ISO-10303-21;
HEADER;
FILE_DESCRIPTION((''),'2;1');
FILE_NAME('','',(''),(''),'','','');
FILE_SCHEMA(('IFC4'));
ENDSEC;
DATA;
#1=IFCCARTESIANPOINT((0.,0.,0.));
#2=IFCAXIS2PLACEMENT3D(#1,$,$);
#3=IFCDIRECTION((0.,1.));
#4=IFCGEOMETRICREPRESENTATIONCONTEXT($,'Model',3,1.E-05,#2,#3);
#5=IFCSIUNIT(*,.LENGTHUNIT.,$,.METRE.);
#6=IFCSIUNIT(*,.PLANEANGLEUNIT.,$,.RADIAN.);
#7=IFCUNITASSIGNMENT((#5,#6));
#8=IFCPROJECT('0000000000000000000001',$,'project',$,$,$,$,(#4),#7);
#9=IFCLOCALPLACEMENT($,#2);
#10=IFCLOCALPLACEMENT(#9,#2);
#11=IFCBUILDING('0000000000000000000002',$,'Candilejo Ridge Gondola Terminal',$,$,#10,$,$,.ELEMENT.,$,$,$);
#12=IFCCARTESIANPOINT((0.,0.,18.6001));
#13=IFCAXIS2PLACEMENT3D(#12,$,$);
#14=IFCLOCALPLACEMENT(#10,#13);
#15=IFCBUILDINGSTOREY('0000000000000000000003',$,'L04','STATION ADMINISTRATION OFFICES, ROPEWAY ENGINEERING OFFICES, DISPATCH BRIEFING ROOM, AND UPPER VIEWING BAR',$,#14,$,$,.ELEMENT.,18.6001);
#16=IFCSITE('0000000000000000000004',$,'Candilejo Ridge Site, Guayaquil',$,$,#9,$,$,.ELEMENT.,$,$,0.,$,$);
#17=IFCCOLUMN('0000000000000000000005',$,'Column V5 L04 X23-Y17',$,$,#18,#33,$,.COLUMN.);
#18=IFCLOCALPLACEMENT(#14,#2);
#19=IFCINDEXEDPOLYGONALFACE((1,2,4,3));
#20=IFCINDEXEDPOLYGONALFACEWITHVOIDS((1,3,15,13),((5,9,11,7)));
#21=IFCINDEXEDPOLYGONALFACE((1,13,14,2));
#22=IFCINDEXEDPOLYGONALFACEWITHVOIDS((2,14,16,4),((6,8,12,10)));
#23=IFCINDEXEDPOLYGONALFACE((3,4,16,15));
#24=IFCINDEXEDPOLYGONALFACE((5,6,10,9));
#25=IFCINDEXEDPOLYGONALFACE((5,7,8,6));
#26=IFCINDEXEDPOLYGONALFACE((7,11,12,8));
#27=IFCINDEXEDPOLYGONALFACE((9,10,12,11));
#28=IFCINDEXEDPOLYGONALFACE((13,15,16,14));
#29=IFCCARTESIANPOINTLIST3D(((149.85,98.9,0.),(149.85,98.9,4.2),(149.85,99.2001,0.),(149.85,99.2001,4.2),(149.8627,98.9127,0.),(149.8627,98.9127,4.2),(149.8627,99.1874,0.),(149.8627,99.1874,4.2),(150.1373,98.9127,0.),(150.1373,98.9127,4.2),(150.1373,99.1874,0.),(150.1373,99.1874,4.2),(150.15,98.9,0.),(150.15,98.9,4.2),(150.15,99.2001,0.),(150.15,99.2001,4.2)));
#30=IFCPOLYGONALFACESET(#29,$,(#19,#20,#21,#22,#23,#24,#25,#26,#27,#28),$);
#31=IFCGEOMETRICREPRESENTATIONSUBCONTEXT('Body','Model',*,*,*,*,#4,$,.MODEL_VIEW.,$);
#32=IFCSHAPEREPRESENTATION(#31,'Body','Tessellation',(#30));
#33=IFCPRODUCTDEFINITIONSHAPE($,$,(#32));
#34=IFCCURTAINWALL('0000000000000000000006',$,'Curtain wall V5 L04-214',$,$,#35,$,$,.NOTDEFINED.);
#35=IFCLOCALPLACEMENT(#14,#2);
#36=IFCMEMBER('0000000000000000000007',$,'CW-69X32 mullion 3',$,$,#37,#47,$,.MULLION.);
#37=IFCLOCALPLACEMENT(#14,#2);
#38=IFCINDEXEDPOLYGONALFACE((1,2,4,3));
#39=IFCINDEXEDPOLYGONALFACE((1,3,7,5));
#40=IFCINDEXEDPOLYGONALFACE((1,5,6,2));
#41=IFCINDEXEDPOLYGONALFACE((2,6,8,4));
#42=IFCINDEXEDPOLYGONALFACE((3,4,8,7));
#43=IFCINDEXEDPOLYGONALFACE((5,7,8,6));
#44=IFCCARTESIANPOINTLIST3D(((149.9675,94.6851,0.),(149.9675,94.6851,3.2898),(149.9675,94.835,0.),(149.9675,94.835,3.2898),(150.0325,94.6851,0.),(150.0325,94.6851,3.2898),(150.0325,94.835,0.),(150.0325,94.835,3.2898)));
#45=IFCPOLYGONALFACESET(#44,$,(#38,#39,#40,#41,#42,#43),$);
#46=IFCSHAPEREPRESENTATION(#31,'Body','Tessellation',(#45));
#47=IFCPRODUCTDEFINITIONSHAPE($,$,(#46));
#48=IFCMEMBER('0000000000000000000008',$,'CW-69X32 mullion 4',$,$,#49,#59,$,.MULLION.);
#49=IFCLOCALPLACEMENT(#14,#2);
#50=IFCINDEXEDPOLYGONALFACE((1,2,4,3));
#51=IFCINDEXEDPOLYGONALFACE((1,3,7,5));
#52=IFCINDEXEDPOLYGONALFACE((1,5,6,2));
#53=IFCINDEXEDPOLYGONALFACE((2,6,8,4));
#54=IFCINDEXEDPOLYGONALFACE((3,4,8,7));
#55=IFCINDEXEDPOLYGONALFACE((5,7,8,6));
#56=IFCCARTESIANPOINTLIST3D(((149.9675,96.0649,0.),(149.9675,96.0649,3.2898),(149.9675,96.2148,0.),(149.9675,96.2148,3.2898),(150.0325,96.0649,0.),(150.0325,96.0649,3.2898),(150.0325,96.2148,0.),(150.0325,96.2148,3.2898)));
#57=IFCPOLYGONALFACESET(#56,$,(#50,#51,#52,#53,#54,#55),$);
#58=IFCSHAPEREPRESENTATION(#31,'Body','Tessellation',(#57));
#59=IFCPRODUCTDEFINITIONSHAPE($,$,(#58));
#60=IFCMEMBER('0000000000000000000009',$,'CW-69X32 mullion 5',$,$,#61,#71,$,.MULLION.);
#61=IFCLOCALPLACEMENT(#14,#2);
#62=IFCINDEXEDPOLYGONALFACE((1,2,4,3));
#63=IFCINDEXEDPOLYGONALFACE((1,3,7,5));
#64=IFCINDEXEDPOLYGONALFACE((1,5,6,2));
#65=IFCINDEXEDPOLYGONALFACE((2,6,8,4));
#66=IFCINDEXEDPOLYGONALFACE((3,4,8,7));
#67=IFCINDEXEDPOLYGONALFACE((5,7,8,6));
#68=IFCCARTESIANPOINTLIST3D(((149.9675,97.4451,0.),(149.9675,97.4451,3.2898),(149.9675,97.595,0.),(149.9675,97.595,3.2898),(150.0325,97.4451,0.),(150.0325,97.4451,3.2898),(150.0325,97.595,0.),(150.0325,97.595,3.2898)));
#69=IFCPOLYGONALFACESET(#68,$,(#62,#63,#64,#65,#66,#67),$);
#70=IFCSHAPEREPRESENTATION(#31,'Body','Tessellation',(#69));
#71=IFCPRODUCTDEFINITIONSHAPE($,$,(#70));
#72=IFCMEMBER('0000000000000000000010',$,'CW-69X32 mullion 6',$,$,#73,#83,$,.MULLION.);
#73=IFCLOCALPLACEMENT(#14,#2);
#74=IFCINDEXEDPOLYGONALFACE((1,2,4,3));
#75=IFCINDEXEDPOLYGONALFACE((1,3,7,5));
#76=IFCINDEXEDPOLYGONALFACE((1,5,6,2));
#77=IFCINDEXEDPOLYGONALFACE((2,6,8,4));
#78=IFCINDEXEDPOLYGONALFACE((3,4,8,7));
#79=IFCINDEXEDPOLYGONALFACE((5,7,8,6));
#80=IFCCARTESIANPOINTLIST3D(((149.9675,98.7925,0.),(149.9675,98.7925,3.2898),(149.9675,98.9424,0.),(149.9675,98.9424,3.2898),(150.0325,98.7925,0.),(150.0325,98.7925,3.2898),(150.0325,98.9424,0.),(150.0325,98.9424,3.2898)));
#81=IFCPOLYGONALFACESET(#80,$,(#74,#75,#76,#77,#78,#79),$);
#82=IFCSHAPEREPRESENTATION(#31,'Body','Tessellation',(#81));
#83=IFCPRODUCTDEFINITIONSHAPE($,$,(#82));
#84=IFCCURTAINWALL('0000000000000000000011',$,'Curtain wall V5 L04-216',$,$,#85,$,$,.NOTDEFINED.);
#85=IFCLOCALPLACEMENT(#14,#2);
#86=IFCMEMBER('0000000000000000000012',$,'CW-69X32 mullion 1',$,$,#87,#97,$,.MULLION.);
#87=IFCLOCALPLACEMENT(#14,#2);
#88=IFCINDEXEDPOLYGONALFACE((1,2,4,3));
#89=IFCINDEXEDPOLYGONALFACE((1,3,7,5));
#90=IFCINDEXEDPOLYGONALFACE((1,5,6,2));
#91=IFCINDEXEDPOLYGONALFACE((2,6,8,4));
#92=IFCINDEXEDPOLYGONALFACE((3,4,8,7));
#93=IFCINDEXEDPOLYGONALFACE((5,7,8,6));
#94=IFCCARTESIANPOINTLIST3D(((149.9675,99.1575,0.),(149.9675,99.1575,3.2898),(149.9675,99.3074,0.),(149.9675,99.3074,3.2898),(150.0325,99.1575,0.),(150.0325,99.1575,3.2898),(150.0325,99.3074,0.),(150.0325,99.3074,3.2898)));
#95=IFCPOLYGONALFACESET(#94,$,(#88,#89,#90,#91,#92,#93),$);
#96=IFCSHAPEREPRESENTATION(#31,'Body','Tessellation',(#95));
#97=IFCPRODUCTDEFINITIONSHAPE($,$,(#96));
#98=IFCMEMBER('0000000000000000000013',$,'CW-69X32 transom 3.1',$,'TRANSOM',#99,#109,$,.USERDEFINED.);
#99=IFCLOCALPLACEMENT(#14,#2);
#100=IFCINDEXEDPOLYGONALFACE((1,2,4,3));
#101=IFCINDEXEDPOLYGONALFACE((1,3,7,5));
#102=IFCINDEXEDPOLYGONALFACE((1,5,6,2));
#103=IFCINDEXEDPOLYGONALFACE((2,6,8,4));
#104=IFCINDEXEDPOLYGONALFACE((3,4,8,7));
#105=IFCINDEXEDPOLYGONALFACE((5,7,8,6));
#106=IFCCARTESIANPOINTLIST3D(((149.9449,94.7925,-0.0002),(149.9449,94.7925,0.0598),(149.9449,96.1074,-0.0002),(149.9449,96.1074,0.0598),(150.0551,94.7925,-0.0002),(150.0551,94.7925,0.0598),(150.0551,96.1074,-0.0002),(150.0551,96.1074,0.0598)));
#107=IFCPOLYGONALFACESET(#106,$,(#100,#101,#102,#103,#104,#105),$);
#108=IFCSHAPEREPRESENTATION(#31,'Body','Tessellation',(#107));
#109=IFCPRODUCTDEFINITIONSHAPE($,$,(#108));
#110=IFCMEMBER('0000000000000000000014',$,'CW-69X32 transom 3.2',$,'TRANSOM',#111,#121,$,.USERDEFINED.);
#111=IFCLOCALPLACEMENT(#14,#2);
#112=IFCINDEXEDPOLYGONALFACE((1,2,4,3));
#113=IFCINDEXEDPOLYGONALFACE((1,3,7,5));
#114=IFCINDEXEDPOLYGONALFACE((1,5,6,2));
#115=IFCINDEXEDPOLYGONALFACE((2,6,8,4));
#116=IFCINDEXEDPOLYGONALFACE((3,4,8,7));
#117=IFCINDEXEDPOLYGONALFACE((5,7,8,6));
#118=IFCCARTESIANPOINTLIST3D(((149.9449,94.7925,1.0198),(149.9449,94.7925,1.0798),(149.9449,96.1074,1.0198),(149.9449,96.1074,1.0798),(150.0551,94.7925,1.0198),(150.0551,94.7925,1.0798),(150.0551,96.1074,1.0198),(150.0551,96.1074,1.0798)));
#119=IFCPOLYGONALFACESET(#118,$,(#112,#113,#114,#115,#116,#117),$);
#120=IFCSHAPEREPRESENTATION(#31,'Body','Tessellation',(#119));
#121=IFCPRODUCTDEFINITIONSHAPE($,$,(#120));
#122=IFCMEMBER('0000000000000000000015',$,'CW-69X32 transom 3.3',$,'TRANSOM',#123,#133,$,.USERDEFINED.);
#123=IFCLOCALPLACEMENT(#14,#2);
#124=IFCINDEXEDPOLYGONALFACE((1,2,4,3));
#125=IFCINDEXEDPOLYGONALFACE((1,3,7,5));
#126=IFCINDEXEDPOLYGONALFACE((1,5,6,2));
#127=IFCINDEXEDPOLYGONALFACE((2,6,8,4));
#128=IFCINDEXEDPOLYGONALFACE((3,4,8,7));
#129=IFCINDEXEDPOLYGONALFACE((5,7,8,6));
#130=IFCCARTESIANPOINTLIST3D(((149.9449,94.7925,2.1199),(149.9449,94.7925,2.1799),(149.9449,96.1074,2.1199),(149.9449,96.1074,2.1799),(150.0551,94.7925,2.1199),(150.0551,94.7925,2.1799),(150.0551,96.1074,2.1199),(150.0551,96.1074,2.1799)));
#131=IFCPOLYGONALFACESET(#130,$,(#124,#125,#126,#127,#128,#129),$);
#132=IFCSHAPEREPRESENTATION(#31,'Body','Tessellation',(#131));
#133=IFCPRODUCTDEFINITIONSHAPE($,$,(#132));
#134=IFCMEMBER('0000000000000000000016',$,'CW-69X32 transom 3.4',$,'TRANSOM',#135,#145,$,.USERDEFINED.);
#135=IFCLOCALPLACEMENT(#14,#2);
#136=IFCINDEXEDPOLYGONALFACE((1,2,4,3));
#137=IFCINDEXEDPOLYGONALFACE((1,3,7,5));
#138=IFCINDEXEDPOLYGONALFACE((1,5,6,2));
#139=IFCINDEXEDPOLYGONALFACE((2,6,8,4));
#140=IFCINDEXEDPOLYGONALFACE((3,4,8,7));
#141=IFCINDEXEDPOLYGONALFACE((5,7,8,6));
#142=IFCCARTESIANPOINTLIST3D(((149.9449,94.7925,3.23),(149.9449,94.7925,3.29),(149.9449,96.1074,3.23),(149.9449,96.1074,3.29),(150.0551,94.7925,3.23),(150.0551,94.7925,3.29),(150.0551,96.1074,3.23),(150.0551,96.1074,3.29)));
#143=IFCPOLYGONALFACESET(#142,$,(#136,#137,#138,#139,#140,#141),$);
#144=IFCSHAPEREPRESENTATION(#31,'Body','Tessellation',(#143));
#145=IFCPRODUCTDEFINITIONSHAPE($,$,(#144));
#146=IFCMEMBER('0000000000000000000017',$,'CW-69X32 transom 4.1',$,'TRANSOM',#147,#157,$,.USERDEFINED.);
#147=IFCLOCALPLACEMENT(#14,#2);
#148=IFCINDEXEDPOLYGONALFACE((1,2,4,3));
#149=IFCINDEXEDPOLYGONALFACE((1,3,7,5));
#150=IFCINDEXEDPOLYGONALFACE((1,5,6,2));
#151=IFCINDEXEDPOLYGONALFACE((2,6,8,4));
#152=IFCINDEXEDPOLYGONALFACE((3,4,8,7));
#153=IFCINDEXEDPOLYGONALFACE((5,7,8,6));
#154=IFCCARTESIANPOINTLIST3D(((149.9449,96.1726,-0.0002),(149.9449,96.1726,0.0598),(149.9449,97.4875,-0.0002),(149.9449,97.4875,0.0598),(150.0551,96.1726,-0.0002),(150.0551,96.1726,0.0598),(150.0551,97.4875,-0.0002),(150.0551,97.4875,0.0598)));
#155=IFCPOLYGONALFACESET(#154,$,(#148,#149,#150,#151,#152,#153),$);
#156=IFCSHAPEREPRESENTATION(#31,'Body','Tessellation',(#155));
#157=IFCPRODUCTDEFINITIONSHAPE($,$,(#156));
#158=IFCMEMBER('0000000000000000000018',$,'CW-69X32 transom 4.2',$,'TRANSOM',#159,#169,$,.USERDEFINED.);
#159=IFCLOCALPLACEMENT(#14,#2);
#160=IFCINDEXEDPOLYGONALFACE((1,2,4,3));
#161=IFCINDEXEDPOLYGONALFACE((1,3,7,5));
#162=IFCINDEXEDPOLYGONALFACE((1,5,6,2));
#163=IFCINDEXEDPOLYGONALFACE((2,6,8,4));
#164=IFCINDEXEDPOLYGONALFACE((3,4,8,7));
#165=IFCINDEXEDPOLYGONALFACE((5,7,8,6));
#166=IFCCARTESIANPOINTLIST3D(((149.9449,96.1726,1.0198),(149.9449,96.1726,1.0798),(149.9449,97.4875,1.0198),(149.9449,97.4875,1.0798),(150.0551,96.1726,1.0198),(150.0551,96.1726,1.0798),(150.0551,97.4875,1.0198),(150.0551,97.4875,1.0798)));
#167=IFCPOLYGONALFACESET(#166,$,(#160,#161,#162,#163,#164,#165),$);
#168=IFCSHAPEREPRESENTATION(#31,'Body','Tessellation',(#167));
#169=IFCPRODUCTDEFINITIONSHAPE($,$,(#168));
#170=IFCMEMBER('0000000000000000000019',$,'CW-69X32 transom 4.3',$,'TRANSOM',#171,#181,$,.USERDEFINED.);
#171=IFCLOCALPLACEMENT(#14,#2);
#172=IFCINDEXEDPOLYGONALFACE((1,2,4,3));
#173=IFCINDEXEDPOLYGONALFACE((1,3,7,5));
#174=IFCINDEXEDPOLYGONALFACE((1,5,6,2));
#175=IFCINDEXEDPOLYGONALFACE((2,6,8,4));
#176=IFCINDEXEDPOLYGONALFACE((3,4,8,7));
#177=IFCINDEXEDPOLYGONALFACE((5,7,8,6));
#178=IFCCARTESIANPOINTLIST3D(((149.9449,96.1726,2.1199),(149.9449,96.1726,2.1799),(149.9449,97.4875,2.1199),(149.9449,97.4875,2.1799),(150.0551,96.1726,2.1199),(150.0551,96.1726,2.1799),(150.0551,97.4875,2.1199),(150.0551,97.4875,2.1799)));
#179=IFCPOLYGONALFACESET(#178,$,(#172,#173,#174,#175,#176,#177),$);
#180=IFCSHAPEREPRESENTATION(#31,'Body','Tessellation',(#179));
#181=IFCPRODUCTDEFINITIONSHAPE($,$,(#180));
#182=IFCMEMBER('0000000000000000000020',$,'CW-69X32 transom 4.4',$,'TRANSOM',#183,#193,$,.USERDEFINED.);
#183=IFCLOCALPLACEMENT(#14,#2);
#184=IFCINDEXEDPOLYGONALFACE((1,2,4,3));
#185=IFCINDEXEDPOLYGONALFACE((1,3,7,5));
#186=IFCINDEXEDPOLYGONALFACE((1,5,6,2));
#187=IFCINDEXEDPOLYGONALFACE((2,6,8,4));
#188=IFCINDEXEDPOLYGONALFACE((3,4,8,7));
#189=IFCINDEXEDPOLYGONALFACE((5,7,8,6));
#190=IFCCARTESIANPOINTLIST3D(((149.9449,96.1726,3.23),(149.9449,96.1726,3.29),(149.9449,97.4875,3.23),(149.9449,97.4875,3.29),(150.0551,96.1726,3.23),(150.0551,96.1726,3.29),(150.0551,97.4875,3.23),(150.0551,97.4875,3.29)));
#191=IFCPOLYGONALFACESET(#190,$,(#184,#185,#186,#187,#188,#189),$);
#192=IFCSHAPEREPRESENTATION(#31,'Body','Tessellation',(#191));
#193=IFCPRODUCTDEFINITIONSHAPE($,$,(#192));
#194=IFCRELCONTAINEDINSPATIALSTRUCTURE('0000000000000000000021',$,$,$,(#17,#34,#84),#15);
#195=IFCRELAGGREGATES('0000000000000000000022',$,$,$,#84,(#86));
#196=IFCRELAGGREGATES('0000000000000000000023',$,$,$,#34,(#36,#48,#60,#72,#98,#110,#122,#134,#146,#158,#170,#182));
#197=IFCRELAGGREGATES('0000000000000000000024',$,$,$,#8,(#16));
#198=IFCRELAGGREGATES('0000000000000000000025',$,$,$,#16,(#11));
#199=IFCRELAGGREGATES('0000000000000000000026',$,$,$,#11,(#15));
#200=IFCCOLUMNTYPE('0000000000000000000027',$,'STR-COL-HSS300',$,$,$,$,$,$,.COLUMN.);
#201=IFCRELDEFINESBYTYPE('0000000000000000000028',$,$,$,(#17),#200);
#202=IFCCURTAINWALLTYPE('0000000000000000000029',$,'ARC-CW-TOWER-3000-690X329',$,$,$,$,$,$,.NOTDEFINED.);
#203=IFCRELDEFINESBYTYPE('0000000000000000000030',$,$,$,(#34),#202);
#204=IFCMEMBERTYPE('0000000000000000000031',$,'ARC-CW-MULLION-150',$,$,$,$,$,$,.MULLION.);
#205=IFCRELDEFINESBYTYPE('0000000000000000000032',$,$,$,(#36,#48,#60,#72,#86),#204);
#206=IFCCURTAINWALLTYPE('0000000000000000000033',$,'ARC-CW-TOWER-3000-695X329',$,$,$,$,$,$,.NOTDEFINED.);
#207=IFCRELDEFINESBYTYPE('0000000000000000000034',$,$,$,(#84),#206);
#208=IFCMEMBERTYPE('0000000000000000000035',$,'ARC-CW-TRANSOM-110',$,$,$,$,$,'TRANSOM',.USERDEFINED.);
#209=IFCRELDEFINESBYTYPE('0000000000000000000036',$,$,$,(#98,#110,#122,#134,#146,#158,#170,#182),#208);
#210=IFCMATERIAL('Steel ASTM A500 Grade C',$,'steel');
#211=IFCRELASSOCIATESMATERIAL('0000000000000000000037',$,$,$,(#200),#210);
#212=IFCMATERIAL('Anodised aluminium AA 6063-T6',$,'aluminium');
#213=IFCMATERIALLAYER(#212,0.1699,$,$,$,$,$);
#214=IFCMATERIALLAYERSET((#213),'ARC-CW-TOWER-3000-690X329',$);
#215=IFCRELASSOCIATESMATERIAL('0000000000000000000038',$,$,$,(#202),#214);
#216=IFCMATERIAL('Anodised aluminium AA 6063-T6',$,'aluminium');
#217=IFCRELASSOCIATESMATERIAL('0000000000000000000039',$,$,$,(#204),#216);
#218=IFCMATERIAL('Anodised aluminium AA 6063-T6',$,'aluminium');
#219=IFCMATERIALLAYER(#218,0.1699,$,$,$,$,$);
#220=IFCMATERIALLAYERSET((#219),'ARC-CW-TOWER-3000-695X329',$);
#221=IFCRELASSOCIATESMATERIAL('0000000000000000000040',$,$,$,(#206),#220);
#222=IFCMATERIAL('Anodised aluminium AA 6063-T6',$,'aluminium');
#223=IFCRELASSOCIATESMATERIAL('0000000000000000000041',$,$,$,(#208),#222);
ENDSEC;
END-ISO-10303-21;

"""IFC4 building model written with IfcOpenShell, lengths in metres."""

from ifc_helpers import new_model, si_unit, direction, frame, origin, origin_2d, place, context, subcontext, project, spatial, rectangle, hollow_rectangle, extrude, material, layer, layer_set, material_profile, profile_set, type_object, element, aggregate, save


model = new_model("IFC4")

# Units and contexts
model_context = context("Model", 3, precision=1e-05, world=origin(), true_north=direction((0.0, 1.0)))
body_context = subcontext(model_context, "Body", "Model", "MODEL_VIEW")
ifc_project = project(units=[si_unit("LENGTHUNIT", "METRE"), si_unit("PLANEANGLEUNIT", "RADIAN")], contexts=[model_context])

# Site, building, storey
site_placement = place(None, origin())
site = spatial("IfcSite", under=ifc_project, at=site_placement, Name="Candilejo Ridge Site, Guayaquil", CompositionType="ELEMENT", RefElevation=0.0)
building_placement = place(site_placement, origin())
building = spatial("IfcBuilding", under=site, at=building_placement, Name="Candilejo Ridge Gondola Terminal", CompositionType="ELEMENT")
storey_placement = place(building_placement, frame((0.0, 0.0, 18.6001)))
storey = spatial("IfcBuildingStorey", under=building, at=storey_placement, Name="L04", Description="STATION ADMINISTRATION OFFICES, ROPEWAY ENGINEERING OFFICES, DISPATCH BRIEFING ROOM, AND UPPER VIEWING BAR", CompositionType="ELEMENT", Elevation=18.6001)

# Column
ifc_material_1 = material(Name="Steel ASTM A500 Grade C", Category="steel")
ifc_material_profile_1 = material_profile(ifc_material_1, hollow_rectangle(XDim=0.3, YDim=0.3, WallThickness=0.0127, at=origin_2d()))
ifc_profile_set_1 = profile_set([ifc_material_profile_1], Name="Steel ASTM A500 Grade C")
column_type = type_object("IfcColumnType", Name="STR-COL-HSS300", PredefinedType="COLUMN", material=ifc_profile_set_1)
column_placement = place(storey_placement, frame((150.0, 99.05, 0.0), z_axis=(0.0, 0.0, 1.0), x_axis=(1.0, 0.0, 0.0)))
element("IfcColumn", 1, at=column_placement, inside=storey, type_object=column_type, Name="Column V5 L04 X23-Y17", PredefinedType="COLUMN", context=body_context, shape_type="SweptSolid", body=[
    extrude(hollow_rectangle(XDim=0.3, YDim=0.3, WallThickness=0.0127, at=origin_2d()), origin(), (0.0, 0.0, 1.0), 4.2),
])

# Curtain wall, members
ifc_material_2 = material(Name="Anodised aluminium AA 6063-T6", Category="aluminium")
ifc_layer_1 = layer(ifc_material_2, 0.1699)
ifc_layer_set_1 = layer_set([ifc_layer_1], Name="ARC-CW-TOWER-3000-690X329")
curtain_wall_type_1 = type_object("IfcCurtainWallType", Name="ARC-CW-TOWER-3000-690X329", PredefinedType="NOTDEFINED", material=ifc_layer_set_1)
curtain_wall_1_placement = place(storey_placement, origin())
curtain_wall_1 = element("IfcCurtainWall", 2, at=curtain_wall_1_placement, inside=storey, type_object=curtain_wall_type_1, Name="Curtain wall V5 L04-214", PredefinedType="NOTDEFINED")
ifc_material_3 = material(Name="Anodised aluminium AA 6063-T6", Category="aluminium")
ifc_material_profile_2 = material_profile(ifc_material_3, rectangle(XDim=0.0649, YDim=0.1499, at=origin_2d()))
ifc_profile_set_2 = profile_set([ifc_material_profile_2], Name="Anodised aluminium AA 6063-T6")
member_type_1 = type_object("IfcMemberType", Name="ARC-CW-MULLION-150", PredefinedType="MULLION", material=ifc_profile_set_2)
member_1_placement = place(storey_placement, frame((150.0, 94.76, 0.0), z_axis=(0.0, 0.0, 1.0), x_axis=(-1.0, 0.0, 0.0)))
member_1 = element("IfcMember", 3, at=member_1_placement, type_object=member_type_1, Name="CW-69X32 mullion 3", PredefinedType="MULLION", context=body_context, shape_type="SweptSolid", body=[
    extrude(rectangle(XDim=0.0649, YDim=0.1499, at=origin_2d()), origin(), (0.0, 0.0, 1.0), 3.2898),
])
member_2_placement = place(storey_placement, frame((150.0, 96.1399, 0.0), z_axis=(0.0, 0.0, 1.0), x_axis=(-1.0, 0.0, 0.0)))
member_2 = element("IfcMember", 4, at=member_2_placement, type_object=member_type_1, Name="CW-69X32 mullion 4", PredefinedType="MULLION", context=body_context, shape_type="SweptSolid", body=[
    extrude(rectangle(XDim=0.0649, YDim=0.1499, at=origin_2d()), origin(), (0.0, 0.0, 1.0), 3.2898),
])
member_3_placement = place(storey_placement, frame((150.0, 97.52, 0.0), z_axis=(0.0, 0.0, 1.0), x_axis=(-1.0, 0.0, 0.0)))
member_3 = element("IfcMember", 5, at=member_3_placement, type_object=member_type_1, Name="CW-69X32 mullion 5", PredefinedType="MULLION", context=body_context, shape_type="SweptSolid", body=[
    extrude(rectangle(XDim=0.0649, YDim=0.1499, at=origin_2d()), origin(), (0.0, 0.0, 1.0), 3.2898),
])
member_4_placement = place(storey_placement, frame((150.0, 98.8674, 0.0), z_axis=(0.0, 0.0, 1.0), x_axis=(-1.0, 0.0, 0.0)))
member_4 = element("IfcMember", 6, at=member_4_placement, type_object=member_type_1, Name="CW-69X32 mullion 6", PredefinedType="MULLION", context=body_context, shape_type="SweptSolid", body=[
    extrude(rectangle(XDim=0.0649, YDim=0.1499, at=origin_2d()), origin(), (0.0, 0.0, 1.0), 3.2898),
])

# Curtain wall, member
ifc_material_4 = material(Name="Anodised aluminium AA 6063-T6", Category="aluminium")
ifc_layer_2 = layer(ifc_material_4, 0.1699)
ifc_layer_set_2 = layer_set([ifc_layer_2], Name="ARC-CW-TOWER-3000-695X329")
curtain_wall_type_2 = type_object("IfcCurtainWallType", Name="ARC-CW-TOWER-3000-695X329", PredefinedType="NOTDEFINED", material=ifc_layer_set_2)
curtain_wall_2_placement = place(storey_placement, origin())
curtain_wall_2 = element("IfcCurtainWall", 7, at=curtain_wall_2_placement, inside=storey, type_object=curtain_wall_type_2, Name="Curtain wall V5 L04-216", PredefinedType="NOTDEFINED")
member_5_placement = place(storey_placement, frame((150.0, 99.2324, 0.0), z_axis=(0.0, 0.0, 1.0), x_axis=(-1.0, 0.0, 0.0)))
member_5 = element("IfcMember", 8, at=member_5_placement, type_object=member_type_1, Name="CW-69X32 mullion 1", PredefinedType="MULLION", context=body_context, shape_type="SweptSolid", body=[
    extrude(rectangle(XDim=0.0649, YDim=0.1499, at=origin_2d()), origin(), (0.0, 0.0, 1.0), 3.2898),
])

# Members
ifc_material_5 = material(Name="Anodised aluminium AA 6063-T6", Category="aluminium")
ifc_material_profile_3 = material_profile(ifc_material_5, rectangle(XDim=0.1101, YDim=0.0601, at=origin_2d()))
ifc_profile_set_3 = profile_set([ifc_material_profile_3], Name="Anodised aluminium AA 6063-T6")
member_type_2 = type_object("IfcMemberType", Name="ARC-CW-TRANSOM-110", ElementType="TRANSOM", PredefinedType="USERDEFINED", material=ifc_profile_set_3)
member_6_placement = place(storey_placement, frame((150.0, 94.7925, 0.0298), z_axis=(0.0, 1.0, 0.0), x_axis=(-1.0, 0.0, 0.0)))
member_6 = element("IfcMember", 9, at=member_6_placement, type_object=member_type_2, Name="CW-69X32 transom 3.1", ObjectType="TRANSOM", PredefinedType="USERDEFINED", context=body_context, shape_type="SweptSolid", body=[
    extrude(rectangle(XDim=0.1101, YDim=0.0601, at=origin_2d()), origin(), (0.0, 0.0, 1.0), 1.3149),
])
member_7_placement = place(storey_placement, frame((150.0, 94.7925, 1.0498), z_axis=(0.0, 1.0, 0.0), x_axis=(-1.0, 0.0, 0.0)))
member_7 = element("IfcMember", 10, at=member_7_placement, type_object=member_type_2, Name="CW-69X32 transom 3.2", ObjectType="TRANSOM", PredefinedType="USERDEFINED", context=body_context, shape_type="SweptSolid", body=[
    extrude(rectangle(XDim=0.1101, YDim=0.0601, at=origin_2d()), origin(), (0.0, 0.0, 1.0), 1.3149),
])
member_8_placement = place(storey_placement, frame((150.0, 94.7925, 2.1499), z_axis=(0.0, 1.0, 0.0), x_axis=(-1.0, 0.0, 0.0)))
member_8 = element("IfcMember", 11, at=member_8_placement, type_object=member_type_2, Name="CW-69X32 transom 3.3", ObjectType="TRANSOM", PredefinedType="USERDEFINED", context=body_context, shape_type="SweptSolid", body=[
    extrude(rectangle(XDim=0.1101, YDim=0.0601, at=origin_2d()), origin(), (0.0, 0.0, 1.0), 1.3149),
])
member_9_placement = place(storey_placement, frame((150.0, 94.7925, 3.26), z_axis=(0.0, 1.0, 0.0), x_axis=(-1.0, 0.0, 0.0)))
member_9 = element("IfcMember", 12, at=member_9_placement, type_object=member_type_2, Name="CW-69X32 transom 3.4", ObjectType="TRANSOM", PredefinedType="USERDEFINED", context=body_context, shape_type="SweptSolid", body=[
    extrude(rectangle(XDim=0.1101, YDim=0.0601, at=origin_2d()), origin(), (0.0, 0.0, 1.0), 1.3149),
])
member_10_placement = place(storey_placement, frame((150.0, 96.1726, 0.0298), z_axis=(0.0, 1.0, 0.0), x_axis=(-1.0, 0.0, 0.0)))
member_10 = element("IfcMember", 13, at=member_10_placement, type_object=member_type_2, Name="CW-69X32 transom 4.1", ObjectType="TRANSOM", PredefinedType="USERDEFINED", context=body_context, shape_type="SweptSolid", body=[
    extrude(rectangle(XDim=0.1101, YDim=0.0601, at=origin_2d()), origin(), (0.0, 0.0, 1.0), 1.3149),
])
member_11_placement = place(storey_placement, frame((150.0, 96.1726, 1.0498), z_axis=(0.0, 1.0, 0.0), x_axis=(-1.0, 0.0, 0.0)))
member_11 = element("IfcMember", 14, at=member_11_placement, type_object=member_type_2, Name="CW-69X32 transom 4.2", ObjectType="TRANSOM", PredefinedType="USERDEFINED", context=body_context, shape_type="SweptSolid", body=[
    extrude(rectangle(XDim=0.1101, YDim=0.0601, at=origin_2d()), origin(), (0.0, 0.0, 1.0), 1.3149),
])
member_12_placement = place(storey_placement, frame((150.0, 96.1726, 2.1499), z_axis=(0.0, 1.0, 0.0), x_axis=(-1.0, 0.0, 0.0)))
member_12 = element("IfcMember", 15, at=member_12_placement, type_object=member_type_2, Name="CW-69X32 transom 4.3", ObjectType="TRANSOM", PredefinedType="USERDEFINED", context=body_context, shape_type="SweptSolid", body=[
    extrude(rectangle(XDim=0.1101, YDim=0.0601, at=origin_2d()), origin(), (0.0, 0.0, 1.0), 1.3149),
])
member_13_placement = place(storey_placement, frame((150.0, 96.1726, 3.26), z_axis=(0.0, 1.0, 0.0), x_axis=(-1.0, 0.0, 0.0)))
member_13 = element("IfcMember", 16, at=member_13_placement, type_object=member_type_2, Name="CW-69X32 transom 4.4", ObjectType="TRANSOM", PredefinedType="USERDEFINED", context=body_context, shape_type="SweptSolid", body=[
    extrude(rectangle(XDim=0.1101, YDim=0.0601, at=origin_2d()), origin(), (0.0, 0.0, 1.0), 1.3149),
])
aggregate(curtain_wall_2, [member_5])

aggregate(curtain_wall_1, [member_1, member_2, member_3, member_4, member_6, member_7, member_8, member_9, member_10, member_11, member_12, member_13])

save(model, "model.ifc")
